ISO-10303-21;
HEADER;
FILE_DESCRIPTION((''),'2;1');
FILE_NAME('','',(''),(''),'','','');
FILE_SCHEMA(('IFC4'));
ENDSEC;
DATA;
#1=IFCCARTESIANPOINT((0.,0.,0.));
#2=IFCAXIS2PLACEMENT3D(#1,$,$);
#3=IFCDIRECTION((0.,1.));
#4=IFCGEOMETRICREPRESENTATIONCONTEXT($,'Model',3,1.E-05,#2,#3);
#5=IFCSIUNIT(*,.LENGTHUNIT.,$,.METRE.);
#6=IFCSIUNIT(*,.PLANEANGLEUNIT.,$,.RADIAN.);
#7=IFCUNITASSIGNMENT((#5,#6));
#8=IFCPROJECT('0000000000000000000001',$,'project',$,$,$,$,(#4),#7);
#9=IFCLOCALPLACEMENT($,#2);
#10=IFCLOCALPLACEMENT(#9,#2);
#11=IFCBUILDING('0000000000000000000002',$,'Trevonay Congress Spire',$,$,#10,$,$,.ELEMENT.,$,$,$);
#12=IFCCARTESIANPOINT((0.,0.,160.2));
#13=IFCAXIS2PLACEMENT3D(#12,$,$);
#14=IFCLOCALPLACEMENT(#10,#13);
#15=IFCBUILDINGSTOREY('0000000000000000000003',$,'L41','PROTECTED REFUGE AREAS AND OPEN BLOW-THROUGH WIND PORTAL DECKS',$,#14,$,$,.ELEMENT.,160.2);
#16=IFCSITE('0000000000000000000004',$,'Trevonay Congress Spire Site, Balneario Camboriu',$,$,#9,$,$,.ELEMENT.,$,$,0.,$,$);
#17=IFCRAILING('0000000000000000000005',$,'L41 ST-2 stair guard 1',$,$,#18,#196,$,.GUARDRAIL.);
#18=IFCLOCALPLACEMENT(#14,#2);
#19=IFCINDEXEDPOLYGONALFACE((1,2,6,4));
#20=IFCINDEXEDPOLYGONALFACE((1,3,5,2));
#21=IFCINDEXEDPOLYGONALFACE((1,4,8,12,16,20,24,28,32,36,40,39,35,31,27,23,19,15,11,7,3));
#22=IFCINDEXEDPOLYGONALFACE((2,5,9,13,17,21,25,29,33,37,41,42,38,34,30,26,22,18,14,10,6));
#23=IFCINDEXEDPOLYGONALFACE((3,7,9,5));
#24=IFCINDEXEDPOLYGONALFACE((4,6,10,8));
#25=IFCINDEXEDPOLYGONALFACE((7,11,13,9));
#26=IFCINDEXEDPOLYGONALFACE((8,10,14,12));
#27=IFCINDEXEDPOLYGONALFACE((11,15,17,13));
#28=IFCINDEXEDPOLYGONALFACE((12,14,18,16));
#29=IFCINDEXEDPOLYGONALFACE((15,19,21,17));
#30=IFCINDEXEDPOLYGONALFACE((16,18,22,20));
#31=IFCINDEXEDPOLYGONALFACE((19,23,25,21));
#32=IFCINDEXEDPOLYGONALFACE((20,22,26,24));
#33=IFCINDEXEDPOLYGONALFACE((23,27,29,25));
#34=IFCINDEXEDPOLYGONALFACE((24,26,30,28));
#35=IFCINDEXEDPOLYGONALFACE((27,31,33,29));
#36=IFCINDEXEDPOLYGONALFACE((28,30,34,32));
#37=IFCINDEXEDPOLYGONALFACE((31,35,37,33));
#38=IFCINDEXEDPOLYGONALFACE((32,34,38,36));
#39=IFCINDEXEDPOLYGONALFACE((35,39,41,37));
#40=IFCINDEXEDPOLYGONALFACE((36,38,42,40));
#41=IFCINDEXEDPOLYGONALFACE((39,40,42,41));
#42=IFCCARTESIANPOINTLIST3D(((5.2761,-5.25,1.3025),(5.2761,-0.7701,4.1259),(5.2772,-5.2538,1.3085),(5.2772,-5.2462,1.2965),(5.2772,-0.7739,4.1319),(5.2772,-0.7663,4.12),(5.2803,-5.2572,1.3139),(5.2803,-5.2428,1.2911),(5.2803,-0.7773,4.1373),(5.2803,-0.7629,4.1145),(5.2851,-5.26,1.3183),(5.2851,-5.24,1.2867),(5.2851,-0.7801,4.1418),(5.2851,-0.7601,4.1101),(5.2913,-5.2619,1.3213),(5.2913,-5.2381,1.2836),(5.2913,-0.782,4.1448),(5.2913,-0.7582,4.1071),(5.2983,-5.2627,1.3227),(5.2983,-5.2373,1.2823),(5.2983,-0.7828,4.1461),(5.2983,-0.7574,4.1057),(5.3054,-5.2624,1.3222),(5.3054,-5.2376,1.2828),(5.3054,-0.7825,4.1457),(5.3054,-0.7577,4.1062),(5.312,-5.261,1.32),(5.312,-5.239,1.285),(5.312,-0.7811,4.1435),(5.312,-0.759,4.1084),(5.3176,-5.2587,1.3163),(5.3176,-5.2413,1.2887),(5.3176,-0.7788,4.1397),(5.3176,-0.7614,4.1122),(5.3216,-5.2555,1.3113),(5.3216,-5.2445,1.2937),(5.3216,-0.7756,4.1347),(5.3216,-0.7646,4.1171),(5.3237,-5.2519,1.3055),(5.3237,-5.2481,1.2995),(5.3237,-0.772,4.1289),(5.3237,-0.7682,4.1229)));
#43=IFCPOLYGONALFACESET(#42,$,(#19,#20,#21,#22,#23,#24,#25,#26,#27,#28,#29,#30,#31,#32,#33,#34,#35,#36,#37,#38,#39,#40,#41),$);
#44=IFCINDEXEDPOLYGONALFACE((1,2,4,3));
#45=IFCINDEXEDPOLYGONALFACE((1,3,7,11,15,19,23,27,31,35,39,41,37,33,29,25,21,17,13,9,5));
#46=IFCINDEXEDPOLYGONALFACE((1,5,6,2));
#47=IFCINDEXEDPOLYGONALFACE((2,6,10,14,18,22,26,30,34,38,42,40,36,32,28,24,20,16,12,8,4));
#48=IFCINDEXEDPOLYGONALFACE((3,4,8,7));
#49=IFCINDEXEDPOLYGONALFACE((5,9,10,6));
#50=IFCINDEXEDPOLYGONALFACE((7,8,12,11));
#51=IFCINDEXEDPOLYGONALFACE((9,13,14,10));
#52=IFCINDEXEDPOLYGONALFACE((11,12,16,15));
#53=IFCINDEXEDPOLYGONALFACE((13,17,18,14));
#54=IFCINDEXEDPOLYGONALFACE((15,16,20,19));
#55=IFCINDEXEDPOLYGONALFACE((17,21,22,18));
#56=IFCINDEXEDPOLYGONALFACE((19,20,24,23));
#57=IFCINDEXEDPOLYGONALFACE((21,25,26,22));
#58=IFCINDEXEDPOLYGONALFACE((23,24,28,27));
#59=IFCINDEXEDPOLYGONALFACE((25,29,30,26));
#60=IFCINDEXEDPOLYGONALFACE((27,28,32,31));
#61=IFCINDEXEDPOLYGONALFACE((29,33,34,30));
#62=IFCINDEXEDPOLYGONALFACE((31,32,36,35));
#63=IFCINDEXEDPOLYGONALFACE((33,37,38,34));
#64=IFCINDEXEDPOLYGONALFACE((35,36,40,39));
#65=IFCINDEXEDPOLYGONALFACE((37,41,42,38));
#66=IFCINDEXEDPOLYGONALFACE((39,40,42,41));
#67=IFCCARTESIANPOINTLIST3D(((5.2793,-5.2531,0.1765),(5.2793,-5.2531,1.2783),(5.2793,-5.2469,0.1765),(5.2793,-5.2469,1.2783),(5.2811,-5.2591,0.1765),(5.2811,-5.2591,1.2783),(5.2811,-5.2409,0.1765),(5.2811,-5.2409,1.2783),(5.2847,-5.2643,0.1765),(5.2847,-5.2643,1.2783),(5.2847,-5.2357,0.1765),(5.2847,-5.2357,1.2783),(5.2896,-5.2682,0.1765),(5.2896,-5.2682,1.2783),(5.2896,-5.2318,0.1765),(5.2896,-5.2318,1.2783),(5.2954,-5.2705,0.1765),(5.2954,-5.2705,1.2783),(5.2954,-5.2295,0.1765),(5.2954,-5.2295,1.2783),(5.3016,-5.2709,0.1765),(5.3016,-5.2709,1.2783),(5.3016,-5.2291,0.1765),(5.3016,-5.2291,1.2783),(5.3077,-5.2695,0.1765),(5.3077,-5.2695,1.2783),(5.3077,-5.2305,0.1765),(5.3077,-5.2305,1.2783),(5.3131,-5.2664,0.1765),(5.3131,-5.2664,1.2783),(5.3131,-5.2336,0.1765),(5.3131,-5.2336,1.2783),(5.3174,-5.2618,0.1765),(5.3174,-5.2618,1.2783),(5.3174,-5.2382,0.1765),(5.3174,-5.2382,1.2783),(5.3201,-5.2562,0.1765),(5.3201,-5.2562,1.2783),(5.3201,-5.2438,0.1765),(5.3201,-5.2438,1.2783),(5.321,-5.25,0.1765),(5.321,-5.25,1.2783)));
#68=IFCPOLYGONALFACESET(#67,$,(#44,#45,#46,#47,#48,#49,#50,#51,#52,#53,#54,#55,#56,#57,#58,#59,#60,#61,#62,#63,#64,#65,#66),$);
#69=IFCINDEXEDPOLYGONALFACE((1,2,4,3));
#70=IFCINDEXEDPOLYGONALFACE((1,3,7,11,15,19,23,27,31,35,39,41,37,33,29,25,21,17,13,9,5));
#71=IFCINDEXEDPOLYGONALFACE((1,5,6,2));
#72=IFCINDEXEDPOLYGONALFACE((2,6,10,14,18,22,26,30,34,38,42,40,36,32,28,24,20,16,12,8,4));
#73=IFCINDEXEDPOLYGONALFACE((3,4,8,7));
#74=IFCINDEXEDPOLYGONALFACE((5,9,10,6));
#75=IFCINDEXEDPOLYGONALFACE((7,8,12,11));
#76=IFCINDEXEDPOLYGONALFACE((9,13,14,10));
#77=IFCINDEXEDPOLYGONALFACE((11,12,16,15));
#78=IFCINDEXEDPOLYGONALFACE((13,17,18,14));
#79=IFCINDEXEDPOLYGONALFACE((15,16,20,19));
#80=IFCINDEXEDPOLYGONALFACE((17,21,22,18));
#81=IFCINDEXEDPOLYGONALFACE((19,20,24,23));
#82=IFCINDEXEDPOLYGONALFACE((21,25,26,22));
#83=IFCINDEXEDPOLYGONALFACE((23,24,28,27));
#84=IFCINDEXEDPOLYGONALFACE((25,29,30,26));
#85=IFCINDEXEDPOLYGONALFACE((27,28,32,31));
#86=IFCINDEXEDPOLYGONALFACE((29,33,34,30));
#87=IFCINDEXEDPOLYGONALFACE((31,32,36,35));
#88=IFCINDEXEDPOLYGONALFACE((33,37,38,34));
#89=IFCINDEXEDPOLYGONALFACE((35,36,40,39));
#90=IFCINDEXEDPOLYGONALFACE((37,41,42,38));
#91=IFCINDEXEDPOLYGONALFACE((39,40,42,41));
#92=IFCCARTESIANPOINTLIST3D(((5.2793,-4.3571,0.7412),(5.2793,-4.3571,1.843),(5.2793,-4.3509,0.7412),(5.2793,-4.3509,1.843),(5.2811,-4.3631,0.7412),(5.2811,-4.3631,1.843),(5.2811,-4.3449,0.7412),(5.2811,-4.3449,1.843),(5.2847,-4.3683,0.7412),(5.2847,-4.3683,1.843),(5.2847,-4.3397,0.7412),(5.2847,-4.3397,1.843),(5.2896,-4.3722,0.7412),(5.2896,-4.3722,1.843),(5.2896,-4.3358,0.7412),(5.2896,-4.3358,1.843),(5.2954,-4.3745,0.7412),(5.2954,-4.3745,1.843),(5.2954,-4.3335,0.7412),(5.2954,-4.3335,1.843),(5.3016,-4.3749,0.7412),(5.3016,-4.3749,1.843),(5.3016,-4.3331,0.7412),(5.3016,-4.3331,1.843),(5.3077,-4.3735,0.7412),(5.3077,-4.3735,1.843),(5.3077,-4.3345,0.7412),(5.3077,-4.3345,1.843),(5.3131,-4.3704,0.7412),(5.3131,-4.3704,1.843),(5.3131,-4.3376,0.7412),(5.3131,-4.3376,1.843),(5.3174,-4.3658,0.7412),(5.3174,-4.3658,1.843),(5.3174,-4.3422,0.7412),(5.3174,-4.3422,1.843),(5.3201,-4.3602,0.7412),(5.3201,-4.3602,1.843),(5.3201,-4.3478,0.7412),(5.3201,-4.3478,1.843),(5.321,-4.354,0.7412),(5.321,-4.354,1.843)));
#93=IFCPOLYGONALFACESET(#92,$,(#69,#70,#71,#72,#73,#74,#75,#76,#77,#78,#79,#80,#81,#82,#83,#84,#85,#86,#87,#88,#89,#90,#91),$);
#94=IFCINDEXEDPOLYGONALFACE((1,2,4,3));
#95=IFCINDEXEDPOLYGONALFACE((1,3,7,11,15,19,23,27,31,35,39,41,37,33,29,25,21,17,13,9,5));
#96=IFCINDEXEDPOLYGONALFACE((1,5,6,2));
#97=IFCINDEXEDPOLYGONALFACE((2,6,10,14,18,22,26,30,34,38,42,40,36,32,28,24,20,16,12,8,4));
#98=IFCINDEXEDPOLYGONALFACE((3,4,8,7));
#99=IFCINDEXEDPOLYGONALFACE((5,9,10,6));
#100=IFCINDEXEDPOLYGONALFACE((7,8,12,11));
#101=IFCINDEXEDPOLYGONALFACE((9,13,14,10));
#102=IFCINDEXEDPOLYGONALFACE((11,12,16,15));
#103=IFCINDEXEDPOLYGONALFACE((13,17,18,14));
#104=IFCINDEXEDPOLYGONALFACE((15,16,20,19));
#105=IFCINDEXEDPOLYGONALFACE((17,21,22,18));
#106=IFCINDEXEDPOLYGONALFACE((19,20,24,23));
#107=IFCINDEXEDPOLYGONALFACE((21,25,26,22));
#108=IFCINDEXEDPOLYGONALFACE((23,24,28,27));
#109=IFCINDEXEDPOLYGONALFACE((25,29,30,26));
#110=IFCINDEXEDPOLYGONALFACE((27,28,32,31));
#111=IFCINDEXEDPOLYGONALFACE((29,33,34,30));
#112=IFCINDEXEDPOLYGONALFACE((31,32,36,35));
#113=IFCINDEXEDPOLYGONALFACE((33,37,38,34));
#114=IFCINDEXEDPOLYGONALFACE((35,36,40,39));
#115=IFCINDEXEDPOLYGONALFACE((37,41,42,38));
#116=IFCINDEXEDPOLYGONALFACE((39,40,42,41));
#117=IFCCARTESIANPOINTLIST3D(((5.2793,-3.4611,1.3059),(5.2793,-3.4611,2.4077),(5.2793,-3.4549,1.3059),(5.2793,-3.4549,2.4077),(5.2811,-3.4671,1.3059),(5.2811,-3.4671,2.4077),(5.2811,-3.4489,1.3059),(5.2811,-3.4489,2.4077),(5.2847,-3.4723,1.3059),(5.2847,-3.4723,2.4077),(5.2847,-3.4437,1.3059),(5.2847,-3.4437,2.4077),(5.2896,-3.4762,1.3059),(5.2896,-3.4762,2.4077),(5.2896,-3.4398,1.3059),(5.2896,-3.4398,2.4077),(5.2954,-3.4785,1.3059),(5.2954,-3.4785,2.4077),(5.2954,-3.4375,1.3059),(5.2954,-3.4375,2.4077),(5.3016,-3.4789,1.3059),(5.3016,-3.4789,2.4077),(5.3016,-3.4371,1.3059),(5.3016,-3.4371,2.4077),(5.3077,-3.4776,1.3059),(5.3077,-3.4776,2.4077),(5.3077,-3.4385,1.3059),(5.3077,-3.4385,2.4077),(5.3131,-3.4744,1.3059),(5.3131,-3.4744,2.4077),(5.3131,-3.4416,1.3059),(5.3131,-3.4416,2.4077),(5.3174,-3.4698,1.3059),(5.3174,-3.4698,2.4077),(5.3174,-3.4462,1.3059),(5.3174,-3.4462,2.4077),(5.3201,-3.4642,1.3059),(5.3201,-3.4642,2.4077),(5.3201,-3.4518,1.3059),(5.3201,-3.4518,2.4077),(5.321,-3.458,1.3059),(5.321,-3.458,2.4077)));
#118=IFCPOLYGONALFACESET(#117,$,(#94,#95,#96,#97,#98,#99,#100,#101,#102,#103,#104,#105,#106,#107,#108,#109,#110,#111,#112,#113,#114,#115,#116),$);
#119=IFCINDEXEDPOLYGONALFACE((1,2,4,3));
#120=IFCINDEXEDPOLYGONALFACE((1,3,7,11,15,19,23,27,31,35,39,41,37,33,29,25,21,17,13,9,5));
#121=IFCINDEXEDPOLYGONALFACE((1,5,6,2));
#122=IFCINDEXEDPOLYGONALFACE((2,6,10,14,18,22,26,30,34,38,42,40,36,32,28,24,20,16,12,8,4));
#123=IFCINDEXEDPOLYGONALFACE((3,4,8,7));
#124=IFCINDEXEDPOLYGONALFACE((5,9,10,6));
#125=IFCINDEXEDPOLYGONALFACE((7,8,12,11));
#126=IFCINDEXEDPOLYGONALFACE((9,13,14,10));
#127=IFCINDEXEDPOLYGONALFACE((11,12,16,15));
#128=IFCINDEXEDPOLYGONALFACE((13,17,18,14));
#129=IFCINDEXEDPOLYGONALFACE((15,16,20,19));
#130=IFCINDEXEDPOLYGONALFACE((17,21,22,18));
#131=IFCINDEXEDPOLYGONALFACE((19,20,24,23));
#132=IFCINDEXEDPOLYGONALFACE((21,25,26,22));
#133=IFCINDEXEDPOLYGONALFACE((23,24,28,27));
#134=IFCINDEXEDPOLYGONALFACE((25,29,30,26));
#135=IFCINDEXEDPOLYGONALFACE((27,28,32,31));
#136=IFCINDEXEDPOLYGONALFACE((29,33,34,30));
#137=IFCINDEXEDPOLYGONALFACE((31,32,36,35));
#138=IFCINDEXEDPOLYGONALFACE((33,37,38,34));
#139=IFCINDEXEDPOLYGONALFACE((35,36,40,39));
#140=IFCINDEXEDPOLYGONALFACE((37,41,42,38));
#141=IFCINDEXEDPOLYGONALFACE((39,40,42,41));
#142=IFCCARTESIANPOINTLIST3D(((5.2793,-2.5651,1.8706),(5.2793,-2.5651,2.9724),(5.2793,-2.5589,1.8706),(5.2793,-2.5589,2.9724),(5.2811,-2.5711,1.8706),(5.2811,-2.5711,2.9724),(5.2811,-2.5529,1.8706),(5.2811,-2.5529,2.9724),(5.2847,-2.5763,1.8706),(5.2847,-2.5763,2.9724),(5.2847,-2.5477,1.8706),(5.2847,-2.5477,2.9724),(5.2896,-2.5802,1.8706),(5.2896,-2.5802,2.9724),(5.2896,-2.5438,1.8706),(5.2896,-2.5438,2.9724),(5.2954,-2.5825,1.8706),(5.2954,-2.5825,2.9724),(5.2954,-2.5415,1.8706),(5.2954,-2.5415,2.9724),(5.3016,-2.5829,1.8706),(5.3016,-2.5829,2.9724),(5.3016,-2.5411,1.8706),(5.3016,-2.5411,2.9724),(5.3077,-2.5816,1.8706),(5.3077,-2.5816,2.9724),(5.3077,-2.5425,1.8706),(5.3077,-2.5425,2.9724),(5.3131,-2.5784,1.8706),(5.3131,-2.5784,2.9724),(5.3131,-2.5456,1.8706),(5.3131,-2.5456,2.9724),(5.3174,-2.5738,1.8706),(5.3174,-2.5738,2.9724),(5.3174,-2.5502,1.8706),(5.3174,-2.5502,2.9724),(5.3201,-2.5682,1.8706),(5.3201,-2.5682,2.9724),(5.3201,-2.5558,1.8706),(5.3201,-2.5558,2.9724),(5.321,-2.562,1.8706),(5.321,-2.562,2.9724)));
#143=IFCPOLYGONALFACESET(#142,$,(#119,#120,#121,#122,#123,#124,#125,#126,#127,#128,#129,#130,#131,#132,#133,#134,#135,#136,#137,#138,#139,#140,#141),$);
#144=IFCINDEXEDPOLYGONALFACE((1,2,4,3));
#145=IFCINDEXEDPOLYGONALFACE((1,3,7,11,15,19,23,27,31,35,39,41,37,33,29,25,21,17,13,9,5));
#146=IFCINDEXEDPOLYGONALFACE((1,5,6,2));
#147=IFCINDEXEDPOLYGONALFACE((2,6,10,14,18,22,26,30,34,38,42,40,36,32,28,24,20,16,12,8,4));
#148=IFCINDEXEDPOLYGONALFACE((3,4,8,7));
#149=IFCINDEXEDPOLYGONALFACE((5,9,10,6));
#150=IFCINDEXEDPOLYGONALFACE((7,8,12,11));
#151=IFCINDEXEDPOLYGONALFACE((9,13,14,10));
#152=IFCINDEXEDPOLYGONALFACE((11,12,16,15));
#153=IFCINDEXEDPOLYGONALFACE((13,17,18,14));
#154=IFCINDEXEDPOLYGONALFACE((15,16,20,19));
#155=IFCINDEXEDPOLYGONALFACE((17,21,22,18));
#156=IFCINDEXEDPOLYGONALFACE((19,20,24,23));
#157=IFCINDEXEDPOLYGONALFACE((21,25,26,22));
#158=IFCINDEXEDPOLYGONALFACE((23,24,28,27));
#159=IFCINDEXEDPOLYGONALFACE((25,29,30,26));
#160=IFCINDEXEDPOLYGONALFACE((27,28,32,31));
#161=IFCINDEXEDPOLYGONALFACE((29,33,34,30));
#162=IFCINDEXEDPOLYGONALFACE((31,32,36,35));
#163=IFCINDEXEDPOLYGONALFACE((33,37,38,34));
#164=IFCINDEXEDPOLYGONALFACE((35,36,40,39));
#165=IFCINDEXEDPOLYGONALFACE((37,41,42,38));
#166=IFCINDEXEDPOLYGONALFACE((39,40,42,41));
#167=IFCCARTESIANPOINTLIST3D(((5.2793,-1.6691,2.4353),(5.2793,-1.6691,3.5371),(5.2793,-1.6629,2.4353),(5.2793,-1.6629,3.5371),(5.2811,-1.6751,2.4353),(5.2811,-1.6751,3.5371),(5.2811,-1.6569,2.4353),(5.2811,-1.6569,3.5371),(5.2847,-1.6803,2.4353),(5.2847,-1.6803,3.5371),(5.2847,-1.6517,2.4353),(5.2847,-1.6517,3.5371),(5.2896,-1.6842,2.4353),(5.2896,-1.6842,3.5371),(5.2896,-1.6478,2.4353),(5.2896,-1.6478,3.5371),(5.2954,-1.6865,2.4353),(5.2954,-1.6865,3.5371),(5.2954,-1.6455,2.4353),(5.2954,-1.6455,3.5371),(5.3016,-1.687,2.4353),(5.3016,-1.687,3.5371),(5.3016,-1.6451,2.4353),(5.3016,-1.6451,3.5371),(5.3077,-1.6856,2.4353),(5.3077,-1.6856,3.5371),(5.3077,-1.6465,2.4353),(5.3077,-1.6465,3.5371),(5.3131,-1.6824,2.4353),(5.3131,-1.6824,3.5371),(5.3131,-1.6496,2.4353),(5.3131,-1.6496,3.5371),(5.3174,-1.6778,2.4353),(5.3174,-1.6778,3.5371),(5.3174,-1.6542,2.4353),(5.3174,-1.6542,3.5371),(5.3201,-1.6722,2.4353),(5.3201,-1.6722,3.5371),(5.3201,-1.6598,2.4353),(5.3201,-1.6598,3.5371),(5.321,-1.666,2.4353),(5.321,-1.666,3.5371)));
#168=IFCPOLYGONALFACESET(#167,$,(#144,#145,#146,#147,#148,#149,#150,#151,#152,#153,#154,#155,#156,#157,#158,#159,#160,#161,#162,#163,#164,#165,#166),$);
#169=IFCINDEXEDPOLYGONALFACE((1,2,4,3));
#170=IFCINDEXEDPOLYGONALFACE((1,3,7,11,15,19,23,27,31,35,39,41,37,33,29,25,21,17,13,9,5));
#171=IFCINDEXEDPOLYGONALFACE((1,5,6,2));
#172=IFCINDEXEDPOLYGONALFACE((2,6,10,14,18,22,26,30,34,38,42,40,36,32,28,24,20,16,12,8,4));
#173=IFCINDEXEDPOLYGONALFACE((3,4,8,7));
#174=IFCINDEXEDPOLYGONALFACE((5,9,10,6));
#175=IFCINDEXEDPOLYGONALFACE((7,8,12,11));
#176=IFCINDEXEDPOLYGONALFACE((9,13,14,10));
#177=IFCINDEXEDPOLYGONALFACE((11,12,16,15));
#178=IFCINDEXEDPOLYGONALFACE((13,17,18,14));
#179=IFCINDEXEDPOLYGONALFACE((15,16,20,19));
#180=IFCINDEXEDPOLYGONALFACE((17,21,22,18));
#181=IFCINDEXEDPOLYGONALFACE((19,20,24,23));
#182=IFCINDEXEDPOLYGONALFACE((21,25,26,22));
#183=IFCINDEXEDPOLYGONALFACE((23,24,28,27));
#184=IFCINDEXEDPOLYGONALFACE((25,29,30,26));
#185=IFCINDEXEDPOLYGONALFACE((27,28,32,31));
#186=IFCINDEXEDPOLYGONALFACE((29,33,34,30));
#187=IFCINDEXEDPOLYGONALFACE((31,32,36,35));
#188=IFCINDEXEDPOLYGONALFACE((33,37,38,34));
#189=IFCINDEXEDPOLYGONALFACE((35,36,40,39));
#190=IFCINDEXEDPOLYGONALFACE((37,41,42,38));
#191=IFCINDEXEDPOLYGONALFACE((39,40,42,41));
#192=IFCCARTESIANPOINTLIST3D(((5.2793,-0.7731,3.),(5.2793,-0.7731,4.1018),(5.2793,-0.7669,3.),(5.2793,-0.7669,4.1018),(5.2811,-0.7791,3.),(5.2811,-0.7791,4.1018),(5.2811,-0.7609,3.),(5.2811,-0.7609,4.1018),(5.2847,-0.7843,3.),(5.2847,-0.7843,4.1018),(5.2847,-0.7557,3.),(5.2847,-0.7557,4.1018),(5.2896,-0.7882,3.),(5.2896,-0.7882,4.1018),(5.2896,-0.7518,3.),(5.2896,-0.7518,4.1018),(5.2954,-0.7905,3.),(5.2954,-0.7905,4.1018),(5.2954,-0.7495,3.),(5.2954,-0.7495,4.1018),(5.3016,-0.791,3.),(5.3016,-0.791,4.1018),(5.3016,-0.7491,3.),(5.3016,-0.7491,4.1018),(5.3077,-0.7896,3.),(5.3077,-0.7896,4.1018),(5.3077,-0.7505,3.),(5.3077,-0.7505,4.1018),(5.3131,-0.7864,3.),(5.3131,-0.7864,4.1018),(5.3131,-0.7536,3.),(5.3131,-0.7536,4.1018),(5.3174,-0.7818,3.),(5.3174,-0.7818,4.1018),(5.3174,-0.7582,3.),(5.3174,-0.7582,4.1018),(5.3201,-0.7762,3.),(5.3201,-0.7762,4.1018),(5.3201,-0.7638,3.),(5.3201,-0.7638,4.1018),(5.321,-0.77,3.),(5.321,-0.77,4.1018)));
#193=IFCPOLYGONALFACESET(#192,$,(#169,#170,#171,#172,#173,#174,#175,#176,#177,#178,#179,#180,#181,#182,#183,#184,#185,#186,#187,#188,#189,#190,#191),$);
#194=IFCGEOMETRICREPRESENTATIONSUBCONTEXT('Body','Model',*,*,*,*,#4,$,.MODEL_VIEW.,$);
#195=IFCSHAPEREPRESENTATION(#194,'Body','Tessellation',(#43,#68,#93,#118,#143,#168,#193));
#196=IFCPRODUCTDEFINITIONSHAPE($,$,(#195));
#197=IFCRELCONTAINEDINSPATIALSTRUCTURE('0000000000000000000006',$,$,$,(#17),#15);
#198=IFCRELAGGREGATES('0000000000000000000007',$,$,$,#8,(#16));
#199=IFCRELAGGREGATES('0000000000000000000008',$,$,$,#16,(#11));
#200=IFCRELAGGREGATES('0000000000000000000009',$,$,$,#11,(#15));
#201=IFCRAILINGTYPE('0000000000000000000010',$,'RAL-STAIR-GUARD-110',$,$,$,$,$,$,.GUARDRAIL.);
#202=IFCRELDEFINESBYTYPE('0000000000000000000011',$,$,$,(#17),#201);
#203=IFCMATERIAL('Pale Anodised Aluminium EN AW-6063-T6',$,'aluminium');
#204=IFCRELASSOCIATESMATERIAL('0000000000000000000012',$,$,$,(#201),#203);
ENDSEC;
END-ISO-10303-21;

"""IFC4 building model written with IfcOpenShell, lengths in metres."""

from ifc_helpers import new_model, si_unit, direction, frame, origin, origin_2d, place, context, subcontext, project, spatial, circle, extrude, material, type_object, element, save


model = new_model("IFC4")

# Units and contexts
model_context = context("Model", 3, precision=1e-05, world=origin(), true_north=direction((0.0, 1.0)))
body_context = subcontext(model_context, "Body", "Model", "MODEL_VIEW")
ifc_project = project(units=[si_unit("LENGTHUNIT", "METRE"), si_unit("PLANEANGLEUNIT", "RADIAN")], contexts=[model_context])

# Site, building, storey
site_placement = place(None, origin())
site = spatial("IfcSite", under=ifc_project, at=site_placement, Name="Trevonay Congress Spire Site, Balneario Camboriu", CompositionType="ELEMENT", RefElevation=0.0)
building_placement = place(site_placement, origin())
building = spatial("IfcBuilding", under=site, at=building_placement, Name="Trevonay Congress Spire", CompositionType="ELEMENT")
storey_placement = place(building_placement, frame((0.0, 0.0, 160.2)))
storey = spatial("IfcBuildingStorey", under=building, at=storey_placement, Name="L41", Description="PROTECTED REFUGE AREAS AND OPEN BLOW-THROUGH WIND PORTAL DECKS", CompositionType="ELEMENT", Elevation=160.2)

# Shared definitions
ifc_material_1 = material(Name="Pale Anodised Aluminium EN AW-6063-T6", Category="aluminium")

# Railing
railing_type_1 = type_object("IfcRailingType", Name="RAL-STAIR-GUARD-110", PredefinedType="GUARDRAIL", material=ifc_material_1)
railing_1_placement = place(storey_placement, frame((5.3, -5.25, 0.1765)))
element("IfcRailing", 1, at=railing_1_placement, inside=storey, type_object=railing_type_1, Name="L41 ST-2 stair guard 1", PredefinedType="GUARDRAIL", context=body_context, shape_type="SweptSolid", body=[
    extrude(circle(Radius=0.0239, at=origin_2d()), frame((0.0, 0.0, 1.126), z_axis=(0.0, 0.845998, 0.533186), x_axis=(-1.0, 0.0, 0.0)), (0.0, 0.0, 1.0), 5.2954),
    extrude(circle(Radius=0.021, at=origin_2d()), origin(), (0.0, 0.0, 1.0), 1.1018),
    extrude(circle(Radius=0.021, at=origin_2d()), frame((0.0, 0.896, 0.5647)), (0.0, 0.0, 1.0), 1.1018),
    extrude(circle(Radius=0.021, at=origin_2d()), frame((0.0, 1.792, 1.1294)), (0.0, 0.0, 1.0), 1.1018),
    extrude(circle(Radius=0.021, at=origin_2d()), frame((0.0, 2.688, 1.6941)), (0.0, 0.0, 1.0), 1.1018),
    extrude(circle(Radius=0.021, at=origin_2d()), frame((0.0, 3.584, 2.2588)), (0.0, 0.0, 1.0), 1.1018),
    extrude(circle(Radius=0.021, at=origin_2d()), frame((0.0, 4.48, 2.8235)), (0.0, 0.0, 1.0), 1.1018),
])

save(model, "model.ifc")
